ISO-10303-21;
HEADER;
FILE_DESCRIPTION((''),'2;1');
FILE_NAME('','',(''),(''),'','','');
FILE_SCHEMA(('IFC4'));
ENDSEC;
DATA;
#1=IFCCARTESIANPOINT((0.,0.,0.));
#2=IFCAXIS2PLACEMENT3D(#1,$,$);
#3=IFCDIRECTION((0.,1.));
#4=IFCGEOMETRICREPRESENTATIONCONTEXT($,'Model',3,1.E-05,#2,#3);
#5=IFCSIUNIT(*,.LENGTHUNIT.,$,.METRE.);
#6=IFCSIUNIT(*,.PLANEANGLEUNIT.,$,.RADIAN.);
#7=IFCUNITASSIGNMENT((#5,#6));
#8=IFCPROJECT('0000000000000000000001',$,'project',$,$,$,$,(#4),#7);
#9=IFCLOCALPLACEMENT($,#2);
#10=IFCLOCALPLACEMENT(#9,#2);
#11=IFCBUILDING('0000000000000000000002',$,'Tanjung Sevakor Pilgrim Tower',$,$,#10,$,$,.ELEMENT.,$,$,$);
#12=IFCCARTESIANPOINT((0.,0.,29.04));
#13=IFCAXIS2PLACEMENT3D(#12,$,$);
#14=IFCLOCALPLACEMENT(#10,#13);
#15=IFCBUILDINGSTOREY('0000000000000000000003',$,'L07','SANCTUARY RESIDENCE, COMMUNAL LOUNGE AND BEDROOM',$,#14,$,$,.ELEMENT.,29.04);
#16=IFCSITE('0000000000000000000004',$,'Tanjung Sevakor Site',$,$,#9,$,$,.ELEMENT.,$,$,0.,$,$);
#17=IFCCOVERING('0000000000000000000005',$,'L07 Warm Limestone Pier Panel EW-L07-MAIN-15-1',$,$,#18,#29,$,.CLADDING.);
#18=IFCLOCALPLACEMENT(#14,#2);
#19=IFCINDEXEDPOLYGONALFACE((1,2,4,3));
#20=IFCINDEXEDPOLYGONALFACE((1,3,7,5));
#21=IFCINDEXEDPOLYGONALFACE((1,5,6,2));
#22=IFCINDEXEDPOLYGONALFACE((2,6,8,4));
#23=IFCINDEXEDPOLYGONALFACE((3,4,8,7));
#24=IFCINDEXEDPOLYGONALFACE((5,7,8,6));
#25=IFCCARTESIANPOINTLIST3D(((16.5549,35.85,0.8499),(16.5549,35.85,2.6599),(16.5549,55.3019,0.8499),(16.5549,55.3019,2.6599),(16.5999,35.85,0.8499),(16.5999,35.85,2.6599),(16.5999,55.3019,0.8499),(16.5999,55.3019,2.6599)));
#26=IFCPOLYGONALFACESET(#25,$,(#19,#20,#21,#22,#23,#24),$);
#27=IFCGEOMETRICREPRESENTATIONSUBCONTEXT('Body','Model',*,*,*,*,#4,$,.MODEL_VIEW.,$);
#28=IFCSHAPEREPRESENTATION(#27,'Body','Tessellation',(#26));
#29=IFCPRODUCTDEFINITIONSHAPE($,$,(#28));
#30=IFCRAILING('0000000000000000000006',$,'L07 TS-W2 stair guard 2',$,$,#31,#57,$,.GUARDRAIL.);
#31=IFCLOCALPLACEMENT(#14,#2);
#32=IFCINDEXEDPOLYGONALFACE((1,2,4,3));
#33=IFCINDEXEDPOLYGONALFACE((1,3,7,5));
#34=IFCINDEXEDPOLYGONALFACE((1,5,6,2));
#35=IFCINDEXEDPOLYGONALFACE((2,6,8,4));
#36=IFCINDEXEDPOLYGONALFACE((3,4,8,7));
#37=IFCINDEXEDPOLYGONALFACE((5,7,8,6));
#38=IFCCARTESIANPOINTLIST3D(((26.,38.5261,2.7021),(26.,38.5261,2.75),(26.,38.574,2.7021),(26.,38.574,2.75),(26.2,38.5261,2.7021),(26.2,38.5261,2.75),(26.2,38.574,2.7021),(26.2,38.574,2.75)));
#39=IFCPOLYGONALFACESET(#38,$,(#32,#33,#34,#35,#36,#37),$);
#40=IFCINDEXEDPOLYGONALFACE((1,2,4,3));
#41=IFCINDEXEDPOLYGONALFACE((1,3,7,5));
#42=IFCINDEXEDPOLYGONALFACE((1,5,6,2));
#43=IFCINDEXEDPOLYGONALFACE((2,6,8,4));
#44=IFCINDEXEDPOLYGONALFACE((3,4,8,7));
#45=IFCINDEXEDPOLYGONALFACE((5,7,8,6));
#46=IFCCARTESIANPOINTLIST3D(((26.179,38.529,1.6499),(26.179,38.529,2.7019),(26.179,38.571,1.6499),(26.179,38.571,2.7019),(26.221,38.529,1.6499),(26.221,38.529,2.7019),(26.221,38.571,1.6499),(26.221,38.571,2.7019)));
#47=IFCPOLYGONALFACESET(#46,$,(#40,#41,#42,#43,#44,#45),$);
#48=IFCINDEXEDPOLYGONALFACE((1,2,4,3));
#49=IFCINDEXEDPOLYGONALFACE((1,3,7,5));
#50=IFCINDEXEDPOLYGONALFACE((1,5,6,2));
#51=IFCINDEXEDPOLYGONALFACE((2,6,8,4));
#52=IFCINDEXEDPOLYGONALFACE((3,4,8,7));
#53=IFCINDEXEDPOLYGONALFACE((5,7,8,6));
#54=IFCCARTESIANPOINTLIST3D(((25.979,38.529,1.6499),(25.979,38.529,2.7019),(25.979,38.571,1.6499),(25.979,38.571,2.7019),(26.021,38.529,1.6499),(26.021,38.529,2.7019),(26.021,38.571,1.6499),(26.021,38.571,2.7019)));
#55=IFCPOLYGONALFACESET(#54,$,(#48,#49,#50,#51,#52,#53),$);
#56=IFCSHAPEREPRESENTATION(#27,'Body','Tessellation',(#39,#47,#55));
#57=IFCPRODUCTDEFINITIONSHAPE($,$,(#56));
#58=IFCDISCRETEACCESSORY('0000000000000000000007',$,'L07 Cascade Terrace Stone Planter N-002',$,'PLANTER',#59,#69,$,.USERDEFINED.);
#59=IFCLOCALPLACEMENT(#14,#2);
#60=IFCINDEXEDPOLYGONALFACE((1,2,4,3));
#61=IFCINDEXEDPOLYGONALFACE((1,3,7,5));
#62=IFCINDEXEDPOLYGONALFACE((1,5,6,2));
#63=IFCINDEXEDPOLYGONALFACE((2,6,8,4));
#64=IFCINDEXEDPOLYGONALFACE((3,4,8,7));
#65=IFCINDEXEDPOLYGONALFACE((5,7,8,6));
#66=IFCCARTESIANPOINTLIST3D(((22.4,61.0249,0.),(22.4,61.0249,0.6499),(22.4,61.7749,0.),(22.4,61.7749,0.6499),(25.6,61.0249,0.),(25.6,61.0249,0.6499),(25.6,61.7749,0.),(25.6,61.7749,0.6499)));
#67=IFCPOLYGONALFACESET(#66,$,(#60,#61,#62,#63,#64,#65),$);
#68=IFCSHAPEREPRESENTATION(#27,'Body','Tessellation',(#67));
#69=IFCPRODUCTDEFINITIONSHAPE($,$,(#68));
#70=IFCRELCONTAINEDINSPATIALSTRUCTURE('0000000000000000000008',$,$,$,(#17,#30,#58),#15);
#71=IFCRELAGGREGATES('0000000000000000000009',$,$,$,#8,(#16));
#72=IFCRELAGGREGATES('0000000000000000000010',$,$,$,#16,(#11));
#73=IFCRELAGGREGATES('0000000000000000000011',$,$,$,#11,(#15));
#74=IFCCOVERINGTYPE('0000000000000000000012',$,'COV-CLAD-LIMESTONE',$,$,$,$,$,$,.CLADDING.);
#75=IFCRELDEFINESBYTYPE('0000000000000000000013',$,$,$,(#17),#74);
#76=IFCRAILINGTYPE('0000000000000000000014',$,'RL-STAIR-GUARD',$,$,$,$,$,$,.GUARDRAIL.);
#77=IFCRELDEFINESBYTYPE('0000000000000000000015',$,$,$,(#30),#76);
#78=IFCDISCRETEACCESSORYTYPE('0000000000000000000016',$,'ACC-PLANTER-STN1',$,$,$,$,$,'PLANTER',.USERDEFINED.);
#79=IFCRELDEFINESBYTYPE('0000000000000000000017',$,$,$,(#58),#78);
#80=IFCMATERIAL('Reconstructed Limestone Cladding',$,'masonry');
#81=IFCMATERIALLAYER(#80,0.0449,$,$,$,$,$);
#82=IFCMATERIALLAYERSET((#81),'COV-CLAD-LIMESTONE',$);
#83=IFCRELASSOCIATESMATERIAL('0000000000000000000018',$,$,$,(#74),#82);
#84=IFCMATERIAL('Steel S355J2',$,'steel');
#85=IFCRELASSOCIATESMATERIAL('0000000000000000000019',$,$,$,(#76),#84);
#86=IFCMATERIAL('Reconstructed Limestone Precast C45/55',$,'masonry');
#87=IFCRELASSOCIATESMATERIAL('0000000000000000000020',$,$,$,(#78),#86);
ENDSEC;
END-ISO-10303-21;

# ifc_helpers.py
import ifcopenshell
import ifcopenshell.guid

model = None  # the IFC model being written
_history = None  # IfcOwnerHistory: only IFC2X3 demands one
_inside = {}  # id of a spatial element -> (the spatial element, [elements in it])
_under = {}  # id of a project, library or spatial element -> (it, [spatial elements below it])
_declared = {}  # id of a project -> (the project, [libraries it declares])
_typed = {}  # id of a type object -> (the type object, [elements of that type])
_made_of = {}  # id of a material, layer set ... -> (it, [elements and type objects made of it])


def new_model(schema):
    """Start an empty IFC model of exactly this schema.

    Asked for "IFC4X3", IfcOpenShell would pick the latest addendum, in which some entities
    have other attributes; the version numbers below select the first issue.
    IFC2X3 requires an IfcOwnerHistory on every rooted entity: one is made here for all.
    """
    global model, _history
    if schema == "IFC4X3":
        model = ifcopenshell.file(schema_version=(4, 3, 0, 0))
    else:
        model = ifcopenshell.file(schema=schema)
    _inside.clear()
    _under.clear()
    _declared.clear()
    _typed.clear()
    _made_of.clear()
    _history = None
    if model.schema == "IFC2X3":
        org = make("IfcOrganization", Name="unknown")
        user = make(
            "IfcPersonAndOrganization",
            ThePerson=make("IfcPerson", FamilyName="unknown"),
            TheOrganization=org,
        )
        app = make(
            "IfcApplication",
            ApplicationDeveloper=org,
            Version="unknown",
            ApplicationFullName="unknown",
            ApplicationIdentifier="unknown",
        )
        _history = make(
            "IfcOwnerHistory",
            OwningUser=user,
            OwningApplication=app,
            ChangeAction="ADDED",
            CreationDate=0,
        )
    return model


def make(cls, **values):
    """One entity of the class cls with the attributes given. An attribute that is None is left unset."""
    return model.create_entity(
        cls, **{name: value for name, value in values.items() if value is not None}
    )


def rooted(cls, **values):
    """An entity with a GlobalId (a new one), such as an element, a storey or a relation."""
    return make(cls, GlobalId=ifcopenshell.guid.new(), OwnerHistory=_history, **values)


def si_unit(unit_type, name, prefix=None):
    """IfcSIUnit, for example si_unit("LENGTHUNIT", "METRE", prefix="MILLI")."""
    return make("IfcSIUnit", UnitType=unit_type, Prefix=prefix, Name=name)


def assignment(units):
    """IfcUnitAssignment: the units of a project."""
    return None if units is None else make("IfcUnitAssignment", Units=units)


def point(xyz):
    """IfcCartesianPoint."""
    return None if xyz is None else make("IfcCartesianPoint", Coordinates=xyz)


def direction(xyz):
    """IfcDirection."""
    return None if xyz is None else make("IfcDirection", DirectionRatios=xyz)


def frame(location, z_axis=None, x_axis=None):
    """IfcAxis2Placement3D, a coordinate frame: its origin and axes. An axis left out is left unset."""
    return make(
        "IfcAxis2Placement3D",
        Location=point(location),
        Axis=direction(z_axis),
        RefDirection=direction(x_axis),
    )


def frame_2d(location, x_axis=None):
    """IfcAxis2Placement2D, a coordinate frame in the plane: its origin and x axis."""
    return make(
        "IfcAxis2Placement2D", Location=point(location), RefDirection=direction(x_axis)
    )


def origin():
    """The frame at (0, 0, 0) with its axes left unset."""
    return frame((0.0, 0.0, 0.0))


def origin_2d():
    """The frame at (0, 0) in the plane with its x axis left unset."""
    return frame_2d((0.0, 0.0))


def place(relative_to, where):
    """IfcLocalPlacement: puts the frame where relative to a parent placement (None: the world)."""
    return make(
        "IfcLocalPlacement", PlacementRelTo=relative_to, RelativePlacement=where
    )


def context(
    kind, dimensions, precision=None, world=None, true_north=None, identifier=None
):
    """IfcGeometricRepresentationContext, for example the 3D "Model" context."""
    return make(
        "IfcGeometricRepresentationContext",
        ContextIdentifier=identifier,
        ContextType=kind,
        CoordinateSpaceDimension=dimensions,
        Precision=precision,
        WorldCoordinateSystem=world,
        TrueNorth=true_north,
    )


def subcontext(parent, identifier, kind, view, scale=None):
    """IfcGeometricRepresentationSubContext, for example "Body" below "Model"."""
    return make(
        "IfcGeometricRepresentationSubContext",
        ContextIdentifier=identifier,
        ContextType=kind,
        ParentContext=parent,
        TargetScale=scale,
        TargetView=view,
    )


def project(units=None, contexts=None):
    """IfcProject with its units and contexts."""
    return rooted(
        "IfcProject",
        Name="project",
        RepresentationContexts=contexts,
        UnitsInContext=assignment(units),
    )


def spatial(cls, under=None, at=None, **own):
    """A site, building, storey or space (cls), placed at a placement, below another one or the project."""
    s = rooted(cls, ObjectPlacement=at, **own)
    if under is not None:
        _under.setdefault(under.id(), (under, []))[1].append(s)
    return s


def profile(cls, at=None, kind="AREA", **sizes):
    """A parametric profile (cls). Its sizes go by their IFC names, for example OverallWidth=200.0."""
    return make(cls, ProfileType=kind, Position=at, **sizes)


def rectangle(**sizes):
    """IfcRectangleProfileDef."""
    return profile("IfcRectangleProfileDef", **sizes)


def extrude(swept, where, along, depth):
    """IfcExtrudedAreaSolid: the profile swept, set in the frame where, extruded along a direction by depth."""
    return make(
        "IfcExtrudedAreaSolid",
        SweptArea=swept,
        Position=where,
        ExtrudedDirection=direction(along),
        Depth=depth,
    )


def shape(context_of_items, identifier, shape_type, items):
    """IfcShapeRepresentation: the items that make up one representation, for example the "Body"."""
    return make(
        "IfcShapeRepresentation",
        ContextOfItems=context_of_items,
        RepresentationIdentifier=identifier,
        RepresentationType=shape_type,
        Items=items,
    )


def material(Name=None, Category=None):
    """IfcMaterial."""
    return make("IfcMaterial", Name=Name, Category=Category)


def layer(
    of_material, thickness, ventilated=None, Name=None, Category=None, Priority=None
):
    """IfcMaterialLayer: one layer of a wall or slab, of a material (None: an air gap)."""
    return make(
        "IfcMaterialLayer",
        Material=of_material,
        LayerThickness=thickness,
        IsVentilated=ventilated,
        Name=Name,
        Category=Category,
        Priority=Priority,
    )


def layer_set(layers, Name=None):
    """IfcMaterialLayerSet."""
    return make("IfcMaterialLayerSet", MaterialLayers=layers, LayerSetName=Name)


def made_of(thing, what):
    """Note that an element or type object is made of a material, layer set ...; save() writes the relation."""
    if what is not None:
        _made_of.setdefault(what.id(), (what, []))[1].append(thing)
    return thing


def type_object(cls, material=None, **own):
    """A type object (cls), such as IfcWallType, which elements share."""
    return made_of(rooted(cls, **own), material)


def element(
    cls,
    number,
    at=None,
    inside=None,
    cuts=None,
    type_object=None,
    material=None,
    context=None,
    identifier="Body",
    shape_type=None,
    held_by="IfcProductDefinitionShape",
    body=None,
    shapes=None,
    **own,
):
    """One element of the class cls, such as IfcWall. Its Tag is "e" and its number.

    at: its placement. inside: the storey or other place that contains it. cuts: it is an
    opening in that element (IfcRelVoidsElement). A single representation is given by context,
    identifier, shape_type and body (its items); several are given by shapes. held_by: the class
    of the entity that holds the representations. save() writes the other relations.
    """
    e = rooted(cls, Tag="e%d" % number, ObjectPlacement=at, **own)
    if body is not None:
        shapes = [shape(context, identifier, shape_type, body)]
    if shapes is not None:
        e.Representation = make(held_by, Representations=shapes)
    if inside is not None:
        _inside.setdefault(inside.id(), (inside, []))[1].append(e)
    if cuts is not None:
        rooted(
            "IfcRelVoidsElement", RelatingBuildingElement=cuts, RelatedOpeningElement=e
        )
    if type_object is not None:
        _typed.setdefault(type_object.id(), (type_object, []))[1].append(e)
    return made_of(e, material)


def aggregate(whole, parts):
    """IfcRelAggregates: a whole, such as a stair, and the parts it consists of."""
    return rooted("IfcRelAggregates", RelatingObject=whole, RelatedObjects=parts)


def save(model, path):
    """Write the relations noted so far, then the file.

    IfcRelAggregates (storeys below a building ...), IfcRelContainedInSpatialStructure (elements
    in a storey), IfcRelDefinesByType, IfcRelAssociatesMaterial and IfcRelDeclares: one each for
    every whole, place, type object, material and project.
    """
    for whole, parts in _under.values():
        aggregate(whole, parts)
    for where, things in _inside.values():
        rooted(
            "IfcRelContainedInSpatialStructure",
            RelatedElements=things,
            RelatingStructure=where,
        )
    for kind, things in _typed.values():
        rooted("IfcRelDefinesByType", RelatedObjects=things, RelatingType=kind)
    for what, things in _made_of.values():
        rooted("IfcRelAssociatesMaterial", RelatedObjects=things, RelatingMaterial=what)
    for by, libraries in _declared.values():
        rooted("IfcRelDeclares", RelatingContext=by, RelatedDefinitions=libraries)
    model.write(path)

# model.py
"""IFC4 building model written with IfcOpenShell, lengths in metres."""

from ifc_helpers import new_model, si_unit, direction, frame, origin, origin_2d, place, context, subcontext, project, spatial, rectangle, extrude, material, layer, layer_set, type_object, element, save


model = new_model("IFC4")

# Units and contexts
model_context = context("Model", 3, precision=1e-05, world=origin(), true_north=direction((0.0, 1.0)))
body_context = subcontext(model_context, "Body", "Model", "MODEL_VIEW")
ifc_project = project(units=[si_unit("LENGTHUNIT", "METRE"), si_unit("PLANEANGLEUNIT", "RADIAN")], contexts=[model_context])

# Site, building, storey
site_placement = place(None, origin())
site = spatial("IfcSite", under=ifc_project, at=site_placement, Name="Tanjung Sevakor Site", CompositionType="ELEMENT", RefElevation=0.0)
building_placement = place(site_placement, origin())
building = spatial("IfcBuilding", under=site, at=building_placement, Name="Tanjung Sevakor Pilgrim Tower", CompositionType="ELEMENT")
storey_placement = place(building_placement, frame((0.0, 0.0, 29.04)))
storey = spatial("IfcBuildingStorey", under=building, at=storey_placement, Name="L07", Description="SANCTUARY RESIDENCE, COMMUNAL LOUNGE AND BEDROOM", CompositionType="ELEMENT", Elevation=29.04)

# Covering
ifc_material_1 = material(Name="Reconstructed Limestone Cladding", Category="masonry")
ifc_layer_1 = layer(ifc_material_1, 0.0449)
ifc_layer_set_1 = layer_set([ifc_layer_1], Name="COV-CLAD-LIMESTONE")
covering_type = type_object("IfcCoveringType", Name="COV-CLAD-LIMESTONE", PredefinedType="CLADDING", material=ifc_layer_set_1)
covering_1_placement = place(storey_placement, frame((16.5774, 45.5759, 0.8499), z_axis=(0.0, 0.0, 1.0), x_axis=(0.0, -1.0, 0.0)))
element("IfcCovering", 1, at=covering_1_placement, inside=storey, type_object=covering_type, Name="L07 Warm Limestone Pier Panel EW-L07-MAIN-15-1", PredefinedType="CLADDING", context=body_context, shape_type="SweptSolid", body=[
    extrude(rectangle(XDim=19.4519, YDim=0.0449, at=origin_2d()), origin(), (0.0, 0.0, 1.0), 1.8101),
])

# Railing
ifc_material_2 = material(Name="Steel S355J2", Category="steel")
railing_type = type_object("IfcRailingType", Name="RL-STAIR-GUARD", PredefinedType="GUARDRAIL", material=ifc_material_2)
railing_placement = place(storey_placement, frame((26.2, 38.55, 1.6499)))
element("IfcRailing", 2, at=railing_placement, inside=storey, type_object=railing_type, Name="L07 TS-W2 stair guard 2", PredefinedType="GUARDRAIL", context=body_context, shape_type="SweptSolid", body=[
    extrude(rectangle(XDim=0.0479, YDim=0.0479), frame((0.0, 0.0, 1.0762), z_axis=(-1.0, 0.0, 0.0), x_axis=(0.0, -1.0, 0.0)), (0.0, 0.0, 1.0), 0.2),
    extrude(rectangle(XDim=0.042, YDim=0.042), origin(), (0.0, 0.0, 1.0), 1.052),
    extrude(rectangle(XDim=0.042, YDim=0.042), frame((-0.2, 0.0, 0.0)), (0.0, 0.0, 1.0), 1.052),
])

# Discrete accessory
ifc_material_3 = material(Name="Reconstructed Limestone Precast C45/55", Category="masonry")
discrete_accessory_type = type_object("IfcDiscreteAccessoryType", Name="ACC-PLANTER-STN1", ElementType="PLANTER", PredefinedType="USERDEFINED", material=ifc_material_3)
discrete_accessory_placement = place(storey_placement, frame((24.0, 61.3999, 0.0), z_axis=(0.0, 0.0, 1.0), x_axis=(1.0, 0.0, 0.0)))
element("IfcDiscreteAccessory", 3, at=discrete_accessory_placement, inside=storey, type_object=discrete_accessory_type, Name="L07 Cascade Terrace Stone Planter N-002", ObjectType="PLANTER", PredefinedType="USERDEFINED", context=body_context, shape_type="SweptSolid", body=[
    extrude(rectangle(XDim=3.2, YDim=0.75, at=origin_2d()), origin(), (0.0, 0.0, 1.0), 0.6499),
])

save(model, "model.ifc")
